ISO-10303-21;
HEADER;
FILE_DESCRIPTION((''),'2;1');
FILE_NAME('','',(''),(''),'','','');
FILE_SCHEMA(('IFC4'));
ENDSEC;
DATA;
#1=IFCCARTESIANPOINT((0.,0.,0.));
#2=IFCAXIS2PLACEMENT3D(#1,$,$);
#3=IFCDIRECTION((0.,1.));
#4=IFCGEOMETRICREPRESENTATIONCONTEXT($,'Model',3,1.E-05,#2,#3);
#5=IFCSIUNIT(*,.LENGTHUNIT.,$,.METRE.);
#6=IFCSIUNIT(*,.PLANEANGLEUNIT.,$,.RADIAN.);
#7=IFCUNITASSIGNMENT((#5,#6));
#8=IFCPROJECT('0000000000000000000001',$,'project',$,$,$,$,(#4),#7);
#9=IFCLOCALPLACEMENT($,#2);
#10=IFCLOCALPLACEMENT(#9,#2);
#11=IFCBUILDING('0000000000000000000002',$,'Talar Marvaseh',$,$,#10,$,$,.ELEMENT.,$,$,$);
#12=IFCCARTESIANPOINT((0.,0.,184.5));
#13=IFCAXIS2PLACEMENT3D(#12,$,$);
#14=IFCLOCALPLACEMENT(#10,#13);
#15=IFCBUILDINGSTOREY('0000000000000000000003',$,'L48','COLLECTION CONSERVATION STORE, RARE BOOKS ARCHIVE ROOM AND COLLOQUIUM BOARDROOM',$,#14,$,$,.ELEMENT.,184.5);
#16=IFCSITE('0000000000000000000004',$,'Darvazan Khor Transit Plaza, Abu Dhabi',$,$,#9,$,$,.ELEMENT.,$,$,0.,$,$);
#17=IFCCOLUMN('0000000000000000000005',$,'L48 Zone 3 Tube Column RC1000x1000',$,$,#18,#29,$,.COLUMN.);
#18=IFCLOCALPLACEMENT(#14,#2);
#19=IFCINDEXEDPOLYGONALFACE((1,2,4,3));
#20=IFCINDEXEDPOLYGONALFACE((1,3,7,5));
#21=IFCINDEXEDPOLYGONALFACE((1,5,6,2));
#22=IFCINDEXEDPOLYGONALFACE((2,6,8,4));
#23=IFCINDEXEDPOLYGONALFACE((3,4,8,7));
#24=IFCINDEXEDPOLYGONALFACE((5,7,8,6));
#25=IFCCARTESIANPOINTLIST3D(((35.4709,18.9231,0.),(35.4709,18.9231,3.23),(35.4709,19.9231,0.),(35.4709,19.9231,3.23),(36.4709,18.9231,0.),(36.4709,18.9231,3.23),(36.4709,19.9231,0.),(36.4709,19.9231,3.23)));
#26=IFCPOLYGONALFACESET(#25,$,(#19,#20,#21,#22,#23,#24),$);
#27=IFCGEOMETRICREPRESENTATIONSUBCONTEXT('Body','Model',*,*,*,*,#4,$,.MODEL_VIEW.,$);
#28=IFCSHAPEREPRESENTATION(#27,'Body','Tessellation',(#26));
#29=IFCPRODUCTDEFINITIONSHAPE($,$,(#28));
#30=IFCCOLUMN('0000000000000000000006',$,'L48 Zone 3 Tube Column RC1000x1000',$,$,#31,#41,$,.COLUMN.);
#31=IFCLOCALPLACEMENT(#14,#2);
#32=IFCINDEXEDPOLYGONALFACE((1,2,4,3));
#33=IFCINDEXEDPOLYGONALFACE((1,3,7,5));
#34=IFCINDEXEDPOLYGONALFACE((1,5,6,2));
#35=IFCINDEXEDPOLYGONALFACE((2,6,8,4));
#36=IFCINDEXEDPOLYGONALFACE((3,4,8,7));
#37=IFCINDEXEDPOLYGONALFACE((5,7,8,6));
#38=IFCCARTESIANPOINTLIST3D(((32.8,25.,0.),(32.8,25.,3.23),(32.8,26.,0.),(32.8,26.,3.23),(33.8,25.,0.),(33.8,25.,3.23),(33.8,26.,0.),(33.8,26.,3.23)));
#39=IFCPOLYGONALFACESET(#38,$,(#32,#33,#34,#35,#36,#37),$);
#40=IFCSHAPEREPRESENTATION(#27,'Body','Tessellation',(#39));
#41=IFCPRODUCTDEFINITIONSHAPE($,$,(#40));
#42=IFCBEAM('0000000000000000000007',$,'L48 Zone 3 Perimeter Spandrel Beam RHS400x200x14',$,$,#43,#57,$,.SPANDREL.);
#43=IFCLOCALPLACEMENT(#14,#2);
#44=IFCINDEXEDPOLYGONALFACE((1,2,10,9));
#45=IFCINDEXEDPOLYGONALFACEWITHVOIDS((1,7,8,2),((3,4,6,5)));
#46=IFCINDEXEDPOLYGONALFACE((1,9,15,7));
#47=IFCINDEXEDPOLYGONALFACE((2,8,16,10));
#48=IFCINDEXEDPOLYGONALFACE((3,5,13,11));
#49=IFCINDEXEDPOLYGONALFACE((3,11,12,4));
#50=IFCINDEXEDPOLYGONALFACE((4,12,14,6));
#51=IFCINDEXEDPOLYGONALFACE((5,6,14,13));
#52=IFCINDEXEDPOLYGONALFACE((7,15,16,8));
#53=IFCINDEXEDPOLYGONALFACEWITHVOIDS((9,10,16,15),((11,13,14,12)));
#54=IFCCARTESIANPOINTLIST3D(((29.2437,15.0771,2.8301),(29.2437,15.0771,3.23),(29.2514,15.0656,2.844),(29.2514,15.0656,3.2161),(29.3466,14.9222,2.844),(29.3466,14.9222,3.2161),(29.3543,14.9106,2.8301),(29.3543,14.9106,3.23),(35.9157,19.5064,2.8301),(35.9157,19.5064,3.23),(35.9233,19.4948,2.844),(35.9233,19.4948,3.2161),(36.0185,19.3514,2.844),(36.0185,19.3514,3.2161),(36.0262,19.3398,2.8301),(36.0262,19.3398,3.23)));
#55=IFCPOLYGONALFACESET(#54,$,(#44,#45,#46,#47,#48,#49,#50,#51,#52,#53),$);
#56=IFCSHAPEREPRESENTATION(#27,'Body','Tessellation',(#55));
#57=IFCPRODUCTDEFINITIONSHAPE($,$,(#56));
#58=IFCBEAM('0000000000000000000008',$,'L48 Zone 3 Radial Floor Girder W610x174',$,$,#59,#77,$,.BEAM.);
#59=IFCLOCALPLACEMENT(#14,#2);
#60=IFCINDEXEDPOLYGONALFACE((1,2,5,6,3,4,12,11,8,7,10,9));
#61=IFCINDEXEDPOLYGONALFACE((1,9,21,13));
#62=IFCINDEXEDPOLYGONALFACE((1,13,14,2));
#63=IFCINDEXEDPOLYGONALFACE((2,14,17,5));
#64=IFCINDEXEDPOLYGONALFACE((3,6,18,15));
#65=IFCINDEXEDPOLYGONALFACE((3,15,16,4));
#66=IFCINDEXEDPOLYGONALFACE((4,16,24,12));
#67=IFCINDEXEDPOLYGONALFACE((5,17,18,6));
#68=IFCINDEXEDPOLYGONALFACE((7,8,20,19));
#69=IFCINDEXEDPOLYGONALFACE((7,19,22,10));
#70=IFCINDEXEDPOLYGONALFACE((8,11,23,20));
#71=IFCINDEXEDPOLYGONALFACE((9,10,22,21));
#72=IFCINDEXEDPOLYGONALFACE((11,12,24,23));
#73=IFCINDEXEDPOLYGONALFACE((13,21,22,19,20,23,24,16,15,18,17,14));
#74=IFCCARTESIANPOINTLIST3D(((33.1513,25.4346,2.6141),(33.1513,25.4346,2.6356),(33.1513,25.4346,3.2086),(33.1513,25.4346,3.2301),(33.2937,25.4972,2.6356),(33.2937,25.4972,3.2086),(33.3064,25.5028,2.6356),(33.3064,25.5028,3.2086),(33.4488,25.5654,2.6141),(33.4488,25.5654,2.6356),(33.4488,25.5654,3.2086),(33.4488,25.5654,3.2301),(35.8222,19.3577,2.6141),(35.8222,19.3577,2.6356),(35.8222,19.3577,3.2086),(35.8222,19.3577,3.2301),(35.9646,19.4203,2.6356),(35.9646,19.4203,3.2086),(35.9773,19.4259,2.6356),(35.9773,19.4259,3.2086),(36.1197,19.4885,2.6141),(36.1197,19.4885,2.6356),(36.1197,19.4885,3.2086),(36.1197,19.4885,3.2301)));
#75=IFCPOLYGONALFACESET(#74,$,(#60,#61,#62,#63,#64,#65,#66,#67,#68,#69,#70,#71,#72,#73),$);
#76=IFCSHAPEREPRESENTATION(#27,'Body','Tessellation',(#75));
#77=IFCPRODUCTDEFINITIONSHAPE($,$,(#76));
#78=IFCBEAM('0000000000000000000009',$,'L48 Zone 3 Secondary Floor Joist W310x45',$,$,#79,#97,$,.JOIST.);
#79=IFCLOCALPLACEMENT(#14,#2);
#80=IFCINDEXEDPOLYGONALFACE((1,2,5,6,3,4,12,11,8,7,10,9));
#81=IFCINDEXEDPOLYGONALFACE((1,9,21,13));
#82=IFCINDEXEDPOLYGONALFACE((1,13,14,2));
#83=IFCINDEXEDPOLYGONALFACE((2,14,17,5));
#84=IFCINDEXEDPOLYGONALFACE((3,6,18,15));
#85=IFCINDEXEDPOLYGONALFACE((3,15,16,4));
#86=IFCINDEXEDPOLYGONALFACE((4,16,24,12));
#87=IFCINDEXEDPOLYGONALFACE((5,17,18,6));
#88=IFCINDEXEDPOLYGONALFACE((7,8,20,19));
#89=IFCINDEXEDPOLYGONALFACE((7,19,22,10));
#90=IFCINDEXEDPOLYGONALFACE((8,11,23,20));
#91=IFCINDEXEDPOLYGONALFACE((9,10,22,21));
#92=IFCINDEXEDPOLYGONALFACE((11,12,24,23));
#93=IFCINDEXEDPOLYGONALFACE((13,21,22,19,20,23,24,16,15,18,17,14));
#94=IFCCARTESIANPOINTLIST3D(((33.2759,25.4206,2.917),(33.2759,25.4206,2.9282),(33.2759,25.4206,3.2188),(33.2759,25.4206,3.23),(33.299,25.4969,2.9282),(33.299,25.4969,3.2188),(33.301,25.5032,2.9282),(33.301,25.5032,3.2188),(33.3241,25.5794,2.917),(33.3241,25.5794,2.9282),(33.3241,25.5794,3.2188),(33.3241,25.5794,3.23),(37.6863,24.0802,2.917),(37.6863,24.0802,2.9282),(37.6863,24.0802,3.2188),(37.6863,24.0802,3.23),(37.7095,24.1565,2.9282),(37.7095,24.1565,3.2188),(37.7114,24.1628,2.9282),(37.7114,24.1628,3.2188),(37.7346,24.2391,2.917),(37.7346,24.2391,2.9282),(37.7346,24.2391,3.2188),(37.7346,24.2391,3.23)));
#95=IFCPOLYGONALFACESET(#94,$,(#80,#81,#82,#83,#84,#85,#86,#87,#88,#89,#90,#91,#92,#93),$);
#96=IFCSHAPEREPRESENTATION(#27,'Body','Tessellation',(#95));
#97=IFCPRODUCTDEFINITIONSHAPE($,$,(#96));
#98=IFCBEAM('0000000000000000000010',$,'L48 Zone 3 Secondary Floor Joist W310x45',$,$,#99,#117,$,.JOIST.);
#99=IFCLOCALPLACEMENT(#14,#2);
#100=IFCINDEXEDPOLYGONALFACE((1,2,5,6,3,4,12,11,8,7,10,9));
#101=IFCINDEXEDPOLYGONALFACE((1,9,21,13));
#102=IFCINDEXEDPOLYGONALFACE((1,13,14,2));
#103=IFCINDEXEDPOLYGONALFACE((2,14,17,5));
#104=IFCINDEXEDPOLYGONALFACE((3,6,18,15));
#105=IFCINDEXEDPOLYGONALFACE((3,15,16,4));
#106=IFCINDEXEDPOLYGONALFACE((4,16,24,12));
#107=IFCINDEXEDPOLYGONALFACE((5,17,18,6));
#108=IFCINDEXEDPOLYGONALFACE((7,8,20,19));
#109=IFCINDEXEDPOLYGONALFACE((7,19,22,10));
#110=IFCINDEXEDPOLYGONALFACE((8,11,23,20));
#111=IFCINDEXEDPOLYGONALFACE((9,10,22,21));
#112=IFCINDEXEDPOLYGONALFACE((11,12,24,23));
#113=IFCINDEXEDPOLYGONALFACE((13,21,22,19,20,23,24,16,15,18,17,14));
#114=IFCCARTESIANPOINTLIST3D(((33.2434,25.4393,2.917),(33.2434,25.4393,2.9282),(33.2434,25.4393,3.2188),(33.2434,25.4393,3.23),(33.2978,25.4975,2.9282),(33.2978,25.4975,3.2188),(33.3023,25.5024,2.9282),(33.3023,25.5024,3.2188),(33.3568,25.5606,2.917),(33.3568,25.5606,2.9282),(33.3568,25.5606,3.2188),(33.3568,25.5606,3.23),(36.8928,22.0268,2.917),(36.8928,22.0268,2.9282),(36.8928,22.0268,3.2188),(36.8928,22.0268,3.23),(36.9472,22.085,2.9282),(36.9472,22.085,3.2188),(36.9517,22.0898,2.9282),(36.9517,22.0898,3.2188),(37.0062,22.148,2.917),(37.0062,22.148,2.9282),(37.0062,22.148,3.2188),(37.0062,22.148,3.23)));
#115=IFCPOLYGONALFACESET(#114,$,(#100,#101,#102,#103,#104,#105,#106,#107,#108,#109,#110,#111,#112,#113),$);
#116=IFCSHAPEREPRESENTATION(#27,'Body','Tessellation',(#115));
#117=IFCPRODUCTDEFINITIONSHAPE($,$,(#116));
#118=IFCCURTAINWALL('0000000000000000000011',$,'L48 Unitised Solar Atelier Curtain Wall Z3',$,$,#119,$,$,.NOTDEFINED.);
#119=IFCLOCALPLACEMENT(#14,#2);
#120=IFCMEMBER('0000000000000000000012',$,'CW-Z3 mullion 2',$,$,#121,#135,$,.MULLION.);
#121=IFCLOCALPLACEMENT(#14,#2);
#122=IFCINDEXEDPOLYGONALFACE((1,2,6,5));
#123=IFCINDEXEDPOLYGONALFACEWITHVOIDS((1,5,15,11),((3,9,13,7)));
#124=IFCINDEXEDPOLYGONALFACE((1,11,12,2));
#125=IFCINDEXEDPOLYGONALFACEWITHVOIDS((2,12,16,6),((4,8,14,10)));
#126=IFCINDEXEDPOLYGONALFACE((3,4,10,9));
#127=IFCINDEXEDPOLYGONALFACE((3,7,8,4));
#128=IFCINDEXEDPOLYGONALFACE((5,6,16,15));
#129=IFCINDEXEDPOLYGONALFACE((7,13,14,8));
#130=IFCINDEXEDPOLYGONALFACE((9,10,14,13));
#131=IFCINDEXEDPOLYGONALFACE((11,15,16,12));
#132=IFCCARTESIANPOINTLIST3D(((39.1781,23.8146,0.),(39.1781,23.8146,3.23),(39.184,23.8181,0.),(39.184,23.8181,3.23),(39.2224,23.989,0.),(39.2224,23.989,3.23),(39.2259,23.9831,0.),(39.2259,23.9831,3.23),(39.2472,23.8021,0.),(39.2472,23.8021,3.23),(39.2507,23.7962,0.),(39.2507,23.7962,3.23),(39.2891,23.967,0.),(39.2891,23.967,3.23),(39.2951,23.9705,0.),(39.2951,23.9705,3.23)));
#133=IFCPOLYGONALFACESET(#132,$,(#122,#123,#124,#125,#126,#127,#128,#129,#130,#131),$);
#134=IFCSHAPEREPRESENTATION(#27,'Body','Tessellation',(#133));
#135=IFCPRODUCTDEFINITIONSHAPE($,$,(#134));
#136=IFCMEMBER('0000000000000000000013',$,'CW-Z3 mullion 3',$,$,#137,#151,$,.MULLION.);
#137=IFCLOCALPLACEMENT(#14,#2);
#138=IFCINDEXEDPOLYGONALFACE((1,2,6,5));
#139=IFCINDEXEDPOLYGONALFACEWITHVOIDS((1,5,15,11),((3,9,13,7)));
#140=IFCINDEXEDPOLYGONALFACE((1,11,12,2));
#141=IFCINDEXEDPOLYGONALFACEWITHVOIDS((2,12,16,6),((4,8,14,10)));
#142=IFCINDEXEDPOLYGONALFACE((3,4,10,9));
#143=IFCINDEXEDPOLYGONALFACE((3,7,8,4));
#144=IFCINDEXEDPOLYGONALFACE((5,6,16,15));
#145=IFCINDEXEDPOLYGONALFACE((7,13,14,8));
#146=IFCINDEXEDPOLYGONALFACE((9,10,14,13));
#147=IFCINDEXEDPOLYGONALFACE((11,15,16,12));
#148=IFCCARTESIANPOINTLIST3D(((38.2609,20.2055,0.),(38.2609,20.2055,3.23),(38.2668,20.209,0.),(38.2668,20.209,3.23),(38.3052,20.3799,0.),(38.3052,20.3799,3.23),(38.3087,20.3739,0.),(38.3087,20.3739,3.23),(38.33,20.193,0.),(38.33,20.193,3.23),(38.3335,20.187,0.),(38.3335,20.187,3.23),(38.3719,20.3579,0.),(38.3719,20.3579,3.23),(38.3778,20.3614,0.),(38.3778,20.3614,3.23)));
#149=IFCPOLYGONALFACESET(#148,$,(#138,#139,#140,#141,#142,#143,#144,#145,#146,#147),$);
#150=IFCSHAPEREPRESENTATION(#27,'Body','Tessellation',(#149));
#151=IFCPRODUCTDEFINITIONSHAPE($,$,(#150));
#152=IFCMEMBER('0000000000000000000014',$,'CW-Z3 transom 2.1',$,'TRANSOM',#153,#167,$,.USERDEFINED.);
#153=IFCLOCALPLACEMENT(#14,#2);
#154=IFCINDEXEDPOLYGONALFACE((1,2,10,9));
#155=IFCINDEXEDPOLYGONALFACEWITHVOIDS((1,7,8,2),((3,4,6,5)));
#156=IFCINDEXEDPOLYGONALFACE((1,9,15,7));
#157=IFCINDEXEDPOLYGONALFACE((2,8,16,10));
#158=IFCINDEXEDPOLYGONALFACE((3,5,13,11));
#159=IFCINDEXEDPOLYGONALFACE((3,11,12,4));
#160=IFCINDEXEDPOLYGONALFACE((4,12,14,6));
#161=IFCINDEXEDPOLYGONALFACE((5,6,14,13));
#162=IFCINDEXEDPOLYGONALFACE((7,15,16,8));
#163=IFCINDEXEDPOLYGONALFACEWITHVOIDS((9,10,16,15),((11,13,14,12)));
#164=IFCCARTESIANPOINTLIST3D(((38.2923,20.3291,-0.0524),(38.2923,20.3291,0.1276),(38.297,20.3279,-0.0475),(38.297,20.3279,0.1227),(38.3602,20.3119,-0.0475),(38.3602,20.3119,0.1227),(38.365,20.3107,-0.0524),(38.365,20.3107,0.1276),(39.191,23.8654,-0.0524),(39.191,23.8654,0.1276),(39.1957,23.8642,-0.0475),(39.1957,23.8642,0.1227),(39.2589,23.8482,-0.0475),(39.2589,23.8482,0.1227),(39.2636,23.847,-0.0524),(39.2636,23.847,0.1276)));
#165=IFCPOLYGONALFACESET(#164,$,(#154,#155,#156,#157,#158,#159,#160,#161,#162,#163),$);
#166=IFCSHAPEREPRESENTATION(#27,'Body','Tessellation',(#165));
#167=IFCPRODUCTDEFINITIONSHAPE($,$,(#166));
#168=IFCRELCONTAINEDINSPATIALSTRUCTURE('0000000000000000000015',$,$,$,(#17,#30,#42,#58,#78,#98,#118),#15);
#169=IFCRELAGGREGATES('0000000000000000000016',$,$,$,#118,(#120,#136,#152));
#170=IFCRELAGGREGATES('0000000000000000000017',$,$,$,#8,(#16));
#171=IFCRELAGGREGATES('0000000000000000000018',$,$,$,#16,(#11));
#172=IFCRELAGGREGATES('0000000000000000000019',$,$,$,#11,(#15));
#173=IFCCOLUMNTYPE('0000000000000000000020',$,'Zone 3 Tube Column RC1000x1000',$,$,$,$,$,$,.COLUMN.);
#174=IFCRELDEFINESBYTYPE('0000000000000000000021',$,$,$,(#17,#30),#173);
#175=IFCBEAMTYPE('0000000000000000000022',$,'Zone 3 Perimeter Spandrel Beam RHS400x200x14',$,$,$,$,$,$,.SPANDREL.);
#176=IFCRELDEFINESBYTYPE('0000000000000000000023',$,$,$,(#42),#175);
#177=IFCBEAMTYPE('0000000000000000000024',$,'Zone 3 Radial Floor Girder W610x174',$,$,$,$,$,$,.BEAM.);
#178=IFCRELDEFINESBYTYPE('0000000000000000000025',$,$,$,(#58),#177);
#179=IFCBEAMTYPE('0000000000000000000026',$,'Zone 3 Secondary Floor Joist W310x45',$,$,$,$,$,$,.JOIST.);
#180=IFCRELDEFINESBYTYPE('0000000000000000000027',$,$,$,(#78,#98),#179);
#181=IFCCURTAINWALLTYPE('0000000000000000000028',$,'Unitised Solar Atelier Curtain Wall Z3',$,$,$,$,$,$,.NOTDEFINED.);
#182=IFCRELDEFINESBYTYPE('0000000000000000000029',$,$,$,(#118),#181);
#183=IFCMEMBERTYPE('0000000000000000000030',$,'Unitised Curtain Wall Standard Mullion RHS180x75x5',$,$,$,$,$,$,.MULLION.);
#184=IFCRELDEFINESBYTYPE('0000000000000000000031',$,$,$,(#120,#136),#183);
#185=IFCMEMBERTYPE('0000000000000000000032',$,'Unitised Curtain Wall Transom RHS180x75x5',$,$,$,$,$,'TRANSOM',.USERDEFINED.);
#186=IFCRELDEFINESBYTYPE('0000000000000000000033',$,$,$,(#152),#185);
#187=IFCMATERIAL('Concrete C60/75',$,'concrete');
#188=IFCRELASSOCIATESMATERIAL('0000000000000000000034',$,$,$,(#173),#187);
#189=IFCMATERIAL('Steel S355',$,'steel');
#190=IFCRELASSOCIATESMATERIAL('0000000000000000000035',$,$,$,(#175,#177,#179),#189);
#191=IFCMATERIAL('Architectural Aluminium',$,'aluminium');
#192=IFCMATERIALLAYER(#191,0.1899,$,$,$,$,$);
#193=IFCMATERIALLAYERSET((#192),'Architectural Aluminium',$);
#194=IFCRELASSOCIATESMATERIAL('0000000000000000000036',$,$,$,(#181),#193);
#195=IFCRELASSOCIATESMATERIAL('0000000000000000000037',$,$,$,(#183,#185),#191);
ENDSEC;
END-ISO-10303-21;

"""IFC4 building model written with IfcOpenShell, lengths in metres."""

from ifc_helpers import new_model, si_unit, direction, frame, origin, origin_2d, place, context, subcontext, project, spatial, rectangle, hollow_rectangle, i_section, extrude, source, transform, mapped, material, layer, layer_set, material_profile, profile_set, type_object, type_shapes, element, aggregate, save


model = new_model("IFC4")

# Units and contexts
model_context = context("Model", 3, precision=1e-05, world=origin(), true_north=direction((0.0, 1.0)))
body_context = subcontext(model_context, "Body", "Model", "MODEL_VIEW")
ifc_project = project(units=[si_unit("LENGTHUNIT", "METRE"), si_unit("PLANEANGLEUNIT", "RADIAN")], contexts=[model_context])

# Site, building, storey
site_placement = place(None, origin())
site = spatial("IfcSite", under=ifc_project, at=site_placement, Name="Darvazan Khor Transit Plaza, Abu Dhabi", CompositionType="ELEMENT", RefElevation=0.0)
building_placement = place(site_placement, origin())
building = spatial("IfcBuilding", under=site, at=building_placement, Name="Talar Marvaseh", CompositionType="ELEMENT")
storey_placement = place(building_placement, frame((0.0, 0.0, 184.5)))
storey = spatial("IfcBuildingStorey", under=building, at=storey_placement, Name="L48", Description="COLLECTION CONSERVATION STORE, RARE BOOKS ARCHIVE ROOM AND COLLOQUIUM BOARDROOM", CompositionType="ELEMENT", Elevation=184.5)

# Columns
ifc_material_1 = material(Name="Concrete C60/75", Category="concrete")
ifc_material_profile_1 = material_profile(ifc_material_1, rectangle(XDim=1.0, YDim=1.0, at=origin_2d()), Name="RC1000x1000")
ifc_profile_set_1 = profile_set([ifc_material_profile_1], Name="Concrete C60/75")
column_type = type_object("IfcColumnType", Name="Zone 3 Tube Column RC1000x1000", PredefinedType="COLUMN", material=ifc_profile_set_1)
for number, where, z_axis, x_axis, name in (
    (1, (35.9709, 19.4231, 0.0), (0.0, 0.0, 1.0), (1.0, 0.0, 0.0), "L48 Zone 3 Tube Column RC1000x1000"),
    (2, (33.3, 25.5, 0.0), (0.0, 0.0, 1.0), (1.0, 0.0, 0.0), "L48 Zone 3 Tube Column RC1000x1000"),
):
    element("IfcColumn", number, at=place(storey_placement, frame(where, z_axis=z_axis, x_axis=x_axis)), inside=storey, type_object=column_type, Name=name, PredefinedType="COLUMN", context=body_context, shape_type="SweptSolid", body=[
        extrude(rectangle(XDim=1.0, YDim=1.0, at=origin_2d()), origin(), (0.0, 0.0, 1.0), 3.23),
    ])

# Beams
ifc_material_2 = material(Name="Steel S355", Category="steel")
ifc_material_profile_2 = material_profile(ifc_material_2, hollow_rectangle(XDim=0.2, YDim=0.3999, WallThickness=0.0139, at=origin_2d()), Name="RHS400x200x14")
ifc_profile_set_2 = profile_set([ifc_material_profile_2], Name="Steel S355")
beam_type_1 = type_object("IfcBeamType", Name="Zone 3 Perimeter Spandrel Beam RHS400x200x14", PredefinedType="SPANDREL", material=ifc_profile_set_2)
beam_1_placement = place(storey_placement, frame((35.9709, 19.4231, 3.03), z_axis=(-0.833127, -0.553081, 0.0), x_axis=(0.553081, -0.833127, 0.0)))
element("IfcBeam", 3, at=beam_1_placement, inside=storey, type_object=beam_type_1, Name="L48 Zone 3 Perimeter Spandrel Beam RHS400x200x14", PredefinedType="SPANDREL", context=body_context, shape_type="SweptSolid", body=[
    extrude(hollow_rectangle(XDim=0.2, YDim=0.3999, WallThickness=0.0139, at=origin_2d()), origin(), (0.0, 0.0, 1.0), 8.0083),
])
ifc_material_profile_3 = material_profile(ifc_material_2, i_section(OverallWidth=0.325, OverallDepth=0.616, WebThickness=0.0139, FlangeThickness=0.0215, at=origin_2d()), Name="W610x174")
ifc_profile_set_3 = profile_set([ifc_material_profile_3], Name="Steel S355")
beam_type_2 = type_object("IfcBeamType", Name="Zone 3 Radial Floor Girder W610x174", PredefinedType="BEAM", material=ifc_profile_set_3)
beam_2_placement = place(storey_placement, frame((35.9709, 19.4231, 2.9221), z_axis=(-0.402368, 0.915478, 0.0), x_axis=(-0.915478, -0.402368, 0.0)))
element("IfcBeam", 4, at=beam_2_placement, inside=storey, type_object=beam_type_2, Name="L48 Zone 3 Radial Floor Girder W610x174", PredefinedType="BEAM", context=body_context, shape_type="SweptSolid", body=[
    extrude(i_section(OverallWidth=0.325, OverallDepth=0.616, WebThickness=0.0139, FlangeThickness=0.0215, at=origin_2d()), origin(), (0.0, 0.0, 1.0), 6.6379),
])
ifc_material_profile_4 = material_profile(ifc_material_2, i_section(OverallWidth=0.166, OverallDepth=0.313, WebThickness=0.0066, FlangeThickness=0.0112, at=origin_2d()), Name="W310x45")
ifc_profile_set_4 = profile_set([ifc_material_profile_4], Name="Steel S355")
beam_type_3 = type_object("IfcBeamType", Name="Zone 3 Secondary Floor Joist W310x45", PredefinedType="JOIST", material=ifc_profile_set_4)
beam_3_placement = place(storey_placement, frame((37.7104, 24.1597, 3.0735), z_axis=(-0.956792, 0.290772, 0.0), x_axis=(-0.290772, -0.956792, 0.0)))
element("IfcBeam", 5, at=beam_3_placement, inside=storey, type_object=beam_type_3, Name="L48 Zone 3 Secondary Floor Joist W310x45", PredefinedType="JOIST", context=body_context, shape_type="SweptSolid", body=[
    extrude(i_section(OverallWidth=0.166, OverallDepth=0.313, WebThickness=0.0066, FlangeThickness=0.0112, at=origin_2d()), origin(), (0.0, 0.0, 1.0), 4.6096),
])
beam_4_placement = place(storey_placement, frame((36.9495, 22.0874, 3.0735), z_axis=(-0.730408, 0.683011, 0.0), x_axis=(-0.683011, -0.730408, 0.0)))
element("IfcBeam", 6, at=beam_4_placement, inside=storey, type_object=beam_type_3, Name="L48 Zone 3 Secondary Floor Joist W310x45", PredefinedType="JOIST", context=body_context, shape_type="SweptSolid", body=[
    extrude(i_section(OverallWidth=0.166, OverallDepth=0.313, WebThickness=0.0066, FlangeThickness=0.0112, at=origin_2d()), origin(), (0.0, 0.0, 1.0), 4.9963),
])

# Curtain wall, members
ifc_material_3 = material(Name="Architectural Aluminium", Category="aluminium")
ifc_layer_1 = layer(ifc_material_3, 0.1899)
ifc_layer_set_1 = layer_set([ifc_layer_1], Name="Architectural Aluminium")
curtain_wall_type = type_object("IfcCurtainWallType", Name="Unitised Solar Atelier Curtain Wall Z3", PredefinedType="NOTDEFINED", material=ifc_layer_set_1)
curtain_wall_placement = place(storey_placement, origin())
curtain_wall = element("IfcCurtainWall", 7, at=curtain_wall_placement, inside=storey, type_object=curtain_wall_type, Name="L48 Unitised Solar Atelier Curtain Wall Z3", PredefinedType="NOTDEFINED")
ifc_material_profile_5 = material_profile(ifc_material_3, hollow_rectangle(XDim=0.075, YDim=0.1799, WallThickness=0.0049, at=origin_2d()), Name="RHS180x75x5")
ifc_profile_set_5 = profile_set([ifc_material_profile_5], Name="Architectural Aluminium")
member_type_1 = type_object("IfcMemberType", Name="Unitised Curtain Wall Standard Mullion RHS180x75x5", PredefinedType="MULLION", material=ifc_profile_set_5)
shared_shape_1 = source(origin(), body_context, "Body", "SweptSolid", [
    extrude(hollow_rectangle(XDim=0.075, YDim=0.1799, WallThickness=0.0049, at=origin_2d()), origin(), (0.0, 0.0, 1.0), 3.23),
])
type_shapes(member_type_1, [shared_shape_1])
member_1_placement = place(storey_placement, frame((39.2366, 23.8926, 0.0), z_axis=(0.0, 0.0, 1.0), x_axis=(0.969192, -0.246306, 0.0)))
member_1 = element("IfcMember", 8, at=member_1_placement, type_object=member_type_1, Name="CW-Z3 mullion 2", PredefinedType="MULLION", context=body_context, shape_type="MappedRepresentation", body=[
    mapped(shared_shape_1, transform((0.0, 0.0, 0.0), x_axis=(1.0, 0.0, 0.0), y_axis=(0.0, 1.0, 0.0), z_axis=(0.0, 0.0, 1.0), scale=1.0)),
])
member_2_placement = place(storey_placement, frame((38.3193, 20.2834, 0.0), z_axis=(0.0, 0.0, 1.0), x_axis=(0.969192, -0.246306, 0.0)))
member_2 = element("IfcMember", 9, at=member_2_placement, type_object=member_type_1, Name="CW-Z3 mullion 3", PredefinedType="MULLION", context=body_context, shape_type="MappedRepresentation", body=[
    mapped(shared_shape_1, transform((0.0, 0.0, 0.0), x_axis=(1.0, 0.0, 0.0), y_axis=(0.0, 1.0, 0.0), z_axis=(0.0, 0.0, 1.0), scale=1.0)),
])
ifc_material_profile_6 = material_profile(ifc_material_3, hollow_rectangle(XDim=0.075, YDim=0.1799, WallThickness=0.0049, at=origin_2d()), Name="RHS180x75x5")
ifc_profile_set_6 = profile_set([ifc_material_profile_6], Name="Architectural Aluminium")
member_type_2 = type_object("IfcMemberType", Name="Unitised Curtain Wall Transom RHS180x75x5", ElementType="TRANSOM", PredefinedType="USERDEFINED", material=ifc_profile_set_6)
shared_shape_2 = source(origin(), body_context, "Body", "SweptSolid", [
    extrude(hollow_rectangle(XDim=0.075, YDim=0.1799, WallThickness=0.0049, at=origin_2d()), origin(), (0.0, 0.0, 1.0), 3.6487),
])
type_shapes(member_type_2, [shared_shape_2])
member_3_placement = place(storey_placement, frame((39.2273, 23.8562, 0.0376), z_axis=(-0.246297, -0.969195, 0.0), x_axis=(0.969195, -0.246297, 0.0)))
member_3 = element("IfcMember", 10, at=member_3_placement, type_object=member_type_2, Name="CW-Z3 transom 2.1", ObjectType="TRANSOM", PredefinedType="USERDEFINED", context=body_context, shape_type="MappedRepresentation", body=[
    mapped(shared_shape_2, transform((0.0, 0.0, 0.0), x_axis=(1.0, 0.0, 0.0), y_axis=(0.0, 1.0, 0.0), z_axis=(0.0, 0.0, 1.0), scale=1.0)),
])
aggregate(curtain_wall, [member_1, member_2, member_3])

save(model, "model.ifc")
